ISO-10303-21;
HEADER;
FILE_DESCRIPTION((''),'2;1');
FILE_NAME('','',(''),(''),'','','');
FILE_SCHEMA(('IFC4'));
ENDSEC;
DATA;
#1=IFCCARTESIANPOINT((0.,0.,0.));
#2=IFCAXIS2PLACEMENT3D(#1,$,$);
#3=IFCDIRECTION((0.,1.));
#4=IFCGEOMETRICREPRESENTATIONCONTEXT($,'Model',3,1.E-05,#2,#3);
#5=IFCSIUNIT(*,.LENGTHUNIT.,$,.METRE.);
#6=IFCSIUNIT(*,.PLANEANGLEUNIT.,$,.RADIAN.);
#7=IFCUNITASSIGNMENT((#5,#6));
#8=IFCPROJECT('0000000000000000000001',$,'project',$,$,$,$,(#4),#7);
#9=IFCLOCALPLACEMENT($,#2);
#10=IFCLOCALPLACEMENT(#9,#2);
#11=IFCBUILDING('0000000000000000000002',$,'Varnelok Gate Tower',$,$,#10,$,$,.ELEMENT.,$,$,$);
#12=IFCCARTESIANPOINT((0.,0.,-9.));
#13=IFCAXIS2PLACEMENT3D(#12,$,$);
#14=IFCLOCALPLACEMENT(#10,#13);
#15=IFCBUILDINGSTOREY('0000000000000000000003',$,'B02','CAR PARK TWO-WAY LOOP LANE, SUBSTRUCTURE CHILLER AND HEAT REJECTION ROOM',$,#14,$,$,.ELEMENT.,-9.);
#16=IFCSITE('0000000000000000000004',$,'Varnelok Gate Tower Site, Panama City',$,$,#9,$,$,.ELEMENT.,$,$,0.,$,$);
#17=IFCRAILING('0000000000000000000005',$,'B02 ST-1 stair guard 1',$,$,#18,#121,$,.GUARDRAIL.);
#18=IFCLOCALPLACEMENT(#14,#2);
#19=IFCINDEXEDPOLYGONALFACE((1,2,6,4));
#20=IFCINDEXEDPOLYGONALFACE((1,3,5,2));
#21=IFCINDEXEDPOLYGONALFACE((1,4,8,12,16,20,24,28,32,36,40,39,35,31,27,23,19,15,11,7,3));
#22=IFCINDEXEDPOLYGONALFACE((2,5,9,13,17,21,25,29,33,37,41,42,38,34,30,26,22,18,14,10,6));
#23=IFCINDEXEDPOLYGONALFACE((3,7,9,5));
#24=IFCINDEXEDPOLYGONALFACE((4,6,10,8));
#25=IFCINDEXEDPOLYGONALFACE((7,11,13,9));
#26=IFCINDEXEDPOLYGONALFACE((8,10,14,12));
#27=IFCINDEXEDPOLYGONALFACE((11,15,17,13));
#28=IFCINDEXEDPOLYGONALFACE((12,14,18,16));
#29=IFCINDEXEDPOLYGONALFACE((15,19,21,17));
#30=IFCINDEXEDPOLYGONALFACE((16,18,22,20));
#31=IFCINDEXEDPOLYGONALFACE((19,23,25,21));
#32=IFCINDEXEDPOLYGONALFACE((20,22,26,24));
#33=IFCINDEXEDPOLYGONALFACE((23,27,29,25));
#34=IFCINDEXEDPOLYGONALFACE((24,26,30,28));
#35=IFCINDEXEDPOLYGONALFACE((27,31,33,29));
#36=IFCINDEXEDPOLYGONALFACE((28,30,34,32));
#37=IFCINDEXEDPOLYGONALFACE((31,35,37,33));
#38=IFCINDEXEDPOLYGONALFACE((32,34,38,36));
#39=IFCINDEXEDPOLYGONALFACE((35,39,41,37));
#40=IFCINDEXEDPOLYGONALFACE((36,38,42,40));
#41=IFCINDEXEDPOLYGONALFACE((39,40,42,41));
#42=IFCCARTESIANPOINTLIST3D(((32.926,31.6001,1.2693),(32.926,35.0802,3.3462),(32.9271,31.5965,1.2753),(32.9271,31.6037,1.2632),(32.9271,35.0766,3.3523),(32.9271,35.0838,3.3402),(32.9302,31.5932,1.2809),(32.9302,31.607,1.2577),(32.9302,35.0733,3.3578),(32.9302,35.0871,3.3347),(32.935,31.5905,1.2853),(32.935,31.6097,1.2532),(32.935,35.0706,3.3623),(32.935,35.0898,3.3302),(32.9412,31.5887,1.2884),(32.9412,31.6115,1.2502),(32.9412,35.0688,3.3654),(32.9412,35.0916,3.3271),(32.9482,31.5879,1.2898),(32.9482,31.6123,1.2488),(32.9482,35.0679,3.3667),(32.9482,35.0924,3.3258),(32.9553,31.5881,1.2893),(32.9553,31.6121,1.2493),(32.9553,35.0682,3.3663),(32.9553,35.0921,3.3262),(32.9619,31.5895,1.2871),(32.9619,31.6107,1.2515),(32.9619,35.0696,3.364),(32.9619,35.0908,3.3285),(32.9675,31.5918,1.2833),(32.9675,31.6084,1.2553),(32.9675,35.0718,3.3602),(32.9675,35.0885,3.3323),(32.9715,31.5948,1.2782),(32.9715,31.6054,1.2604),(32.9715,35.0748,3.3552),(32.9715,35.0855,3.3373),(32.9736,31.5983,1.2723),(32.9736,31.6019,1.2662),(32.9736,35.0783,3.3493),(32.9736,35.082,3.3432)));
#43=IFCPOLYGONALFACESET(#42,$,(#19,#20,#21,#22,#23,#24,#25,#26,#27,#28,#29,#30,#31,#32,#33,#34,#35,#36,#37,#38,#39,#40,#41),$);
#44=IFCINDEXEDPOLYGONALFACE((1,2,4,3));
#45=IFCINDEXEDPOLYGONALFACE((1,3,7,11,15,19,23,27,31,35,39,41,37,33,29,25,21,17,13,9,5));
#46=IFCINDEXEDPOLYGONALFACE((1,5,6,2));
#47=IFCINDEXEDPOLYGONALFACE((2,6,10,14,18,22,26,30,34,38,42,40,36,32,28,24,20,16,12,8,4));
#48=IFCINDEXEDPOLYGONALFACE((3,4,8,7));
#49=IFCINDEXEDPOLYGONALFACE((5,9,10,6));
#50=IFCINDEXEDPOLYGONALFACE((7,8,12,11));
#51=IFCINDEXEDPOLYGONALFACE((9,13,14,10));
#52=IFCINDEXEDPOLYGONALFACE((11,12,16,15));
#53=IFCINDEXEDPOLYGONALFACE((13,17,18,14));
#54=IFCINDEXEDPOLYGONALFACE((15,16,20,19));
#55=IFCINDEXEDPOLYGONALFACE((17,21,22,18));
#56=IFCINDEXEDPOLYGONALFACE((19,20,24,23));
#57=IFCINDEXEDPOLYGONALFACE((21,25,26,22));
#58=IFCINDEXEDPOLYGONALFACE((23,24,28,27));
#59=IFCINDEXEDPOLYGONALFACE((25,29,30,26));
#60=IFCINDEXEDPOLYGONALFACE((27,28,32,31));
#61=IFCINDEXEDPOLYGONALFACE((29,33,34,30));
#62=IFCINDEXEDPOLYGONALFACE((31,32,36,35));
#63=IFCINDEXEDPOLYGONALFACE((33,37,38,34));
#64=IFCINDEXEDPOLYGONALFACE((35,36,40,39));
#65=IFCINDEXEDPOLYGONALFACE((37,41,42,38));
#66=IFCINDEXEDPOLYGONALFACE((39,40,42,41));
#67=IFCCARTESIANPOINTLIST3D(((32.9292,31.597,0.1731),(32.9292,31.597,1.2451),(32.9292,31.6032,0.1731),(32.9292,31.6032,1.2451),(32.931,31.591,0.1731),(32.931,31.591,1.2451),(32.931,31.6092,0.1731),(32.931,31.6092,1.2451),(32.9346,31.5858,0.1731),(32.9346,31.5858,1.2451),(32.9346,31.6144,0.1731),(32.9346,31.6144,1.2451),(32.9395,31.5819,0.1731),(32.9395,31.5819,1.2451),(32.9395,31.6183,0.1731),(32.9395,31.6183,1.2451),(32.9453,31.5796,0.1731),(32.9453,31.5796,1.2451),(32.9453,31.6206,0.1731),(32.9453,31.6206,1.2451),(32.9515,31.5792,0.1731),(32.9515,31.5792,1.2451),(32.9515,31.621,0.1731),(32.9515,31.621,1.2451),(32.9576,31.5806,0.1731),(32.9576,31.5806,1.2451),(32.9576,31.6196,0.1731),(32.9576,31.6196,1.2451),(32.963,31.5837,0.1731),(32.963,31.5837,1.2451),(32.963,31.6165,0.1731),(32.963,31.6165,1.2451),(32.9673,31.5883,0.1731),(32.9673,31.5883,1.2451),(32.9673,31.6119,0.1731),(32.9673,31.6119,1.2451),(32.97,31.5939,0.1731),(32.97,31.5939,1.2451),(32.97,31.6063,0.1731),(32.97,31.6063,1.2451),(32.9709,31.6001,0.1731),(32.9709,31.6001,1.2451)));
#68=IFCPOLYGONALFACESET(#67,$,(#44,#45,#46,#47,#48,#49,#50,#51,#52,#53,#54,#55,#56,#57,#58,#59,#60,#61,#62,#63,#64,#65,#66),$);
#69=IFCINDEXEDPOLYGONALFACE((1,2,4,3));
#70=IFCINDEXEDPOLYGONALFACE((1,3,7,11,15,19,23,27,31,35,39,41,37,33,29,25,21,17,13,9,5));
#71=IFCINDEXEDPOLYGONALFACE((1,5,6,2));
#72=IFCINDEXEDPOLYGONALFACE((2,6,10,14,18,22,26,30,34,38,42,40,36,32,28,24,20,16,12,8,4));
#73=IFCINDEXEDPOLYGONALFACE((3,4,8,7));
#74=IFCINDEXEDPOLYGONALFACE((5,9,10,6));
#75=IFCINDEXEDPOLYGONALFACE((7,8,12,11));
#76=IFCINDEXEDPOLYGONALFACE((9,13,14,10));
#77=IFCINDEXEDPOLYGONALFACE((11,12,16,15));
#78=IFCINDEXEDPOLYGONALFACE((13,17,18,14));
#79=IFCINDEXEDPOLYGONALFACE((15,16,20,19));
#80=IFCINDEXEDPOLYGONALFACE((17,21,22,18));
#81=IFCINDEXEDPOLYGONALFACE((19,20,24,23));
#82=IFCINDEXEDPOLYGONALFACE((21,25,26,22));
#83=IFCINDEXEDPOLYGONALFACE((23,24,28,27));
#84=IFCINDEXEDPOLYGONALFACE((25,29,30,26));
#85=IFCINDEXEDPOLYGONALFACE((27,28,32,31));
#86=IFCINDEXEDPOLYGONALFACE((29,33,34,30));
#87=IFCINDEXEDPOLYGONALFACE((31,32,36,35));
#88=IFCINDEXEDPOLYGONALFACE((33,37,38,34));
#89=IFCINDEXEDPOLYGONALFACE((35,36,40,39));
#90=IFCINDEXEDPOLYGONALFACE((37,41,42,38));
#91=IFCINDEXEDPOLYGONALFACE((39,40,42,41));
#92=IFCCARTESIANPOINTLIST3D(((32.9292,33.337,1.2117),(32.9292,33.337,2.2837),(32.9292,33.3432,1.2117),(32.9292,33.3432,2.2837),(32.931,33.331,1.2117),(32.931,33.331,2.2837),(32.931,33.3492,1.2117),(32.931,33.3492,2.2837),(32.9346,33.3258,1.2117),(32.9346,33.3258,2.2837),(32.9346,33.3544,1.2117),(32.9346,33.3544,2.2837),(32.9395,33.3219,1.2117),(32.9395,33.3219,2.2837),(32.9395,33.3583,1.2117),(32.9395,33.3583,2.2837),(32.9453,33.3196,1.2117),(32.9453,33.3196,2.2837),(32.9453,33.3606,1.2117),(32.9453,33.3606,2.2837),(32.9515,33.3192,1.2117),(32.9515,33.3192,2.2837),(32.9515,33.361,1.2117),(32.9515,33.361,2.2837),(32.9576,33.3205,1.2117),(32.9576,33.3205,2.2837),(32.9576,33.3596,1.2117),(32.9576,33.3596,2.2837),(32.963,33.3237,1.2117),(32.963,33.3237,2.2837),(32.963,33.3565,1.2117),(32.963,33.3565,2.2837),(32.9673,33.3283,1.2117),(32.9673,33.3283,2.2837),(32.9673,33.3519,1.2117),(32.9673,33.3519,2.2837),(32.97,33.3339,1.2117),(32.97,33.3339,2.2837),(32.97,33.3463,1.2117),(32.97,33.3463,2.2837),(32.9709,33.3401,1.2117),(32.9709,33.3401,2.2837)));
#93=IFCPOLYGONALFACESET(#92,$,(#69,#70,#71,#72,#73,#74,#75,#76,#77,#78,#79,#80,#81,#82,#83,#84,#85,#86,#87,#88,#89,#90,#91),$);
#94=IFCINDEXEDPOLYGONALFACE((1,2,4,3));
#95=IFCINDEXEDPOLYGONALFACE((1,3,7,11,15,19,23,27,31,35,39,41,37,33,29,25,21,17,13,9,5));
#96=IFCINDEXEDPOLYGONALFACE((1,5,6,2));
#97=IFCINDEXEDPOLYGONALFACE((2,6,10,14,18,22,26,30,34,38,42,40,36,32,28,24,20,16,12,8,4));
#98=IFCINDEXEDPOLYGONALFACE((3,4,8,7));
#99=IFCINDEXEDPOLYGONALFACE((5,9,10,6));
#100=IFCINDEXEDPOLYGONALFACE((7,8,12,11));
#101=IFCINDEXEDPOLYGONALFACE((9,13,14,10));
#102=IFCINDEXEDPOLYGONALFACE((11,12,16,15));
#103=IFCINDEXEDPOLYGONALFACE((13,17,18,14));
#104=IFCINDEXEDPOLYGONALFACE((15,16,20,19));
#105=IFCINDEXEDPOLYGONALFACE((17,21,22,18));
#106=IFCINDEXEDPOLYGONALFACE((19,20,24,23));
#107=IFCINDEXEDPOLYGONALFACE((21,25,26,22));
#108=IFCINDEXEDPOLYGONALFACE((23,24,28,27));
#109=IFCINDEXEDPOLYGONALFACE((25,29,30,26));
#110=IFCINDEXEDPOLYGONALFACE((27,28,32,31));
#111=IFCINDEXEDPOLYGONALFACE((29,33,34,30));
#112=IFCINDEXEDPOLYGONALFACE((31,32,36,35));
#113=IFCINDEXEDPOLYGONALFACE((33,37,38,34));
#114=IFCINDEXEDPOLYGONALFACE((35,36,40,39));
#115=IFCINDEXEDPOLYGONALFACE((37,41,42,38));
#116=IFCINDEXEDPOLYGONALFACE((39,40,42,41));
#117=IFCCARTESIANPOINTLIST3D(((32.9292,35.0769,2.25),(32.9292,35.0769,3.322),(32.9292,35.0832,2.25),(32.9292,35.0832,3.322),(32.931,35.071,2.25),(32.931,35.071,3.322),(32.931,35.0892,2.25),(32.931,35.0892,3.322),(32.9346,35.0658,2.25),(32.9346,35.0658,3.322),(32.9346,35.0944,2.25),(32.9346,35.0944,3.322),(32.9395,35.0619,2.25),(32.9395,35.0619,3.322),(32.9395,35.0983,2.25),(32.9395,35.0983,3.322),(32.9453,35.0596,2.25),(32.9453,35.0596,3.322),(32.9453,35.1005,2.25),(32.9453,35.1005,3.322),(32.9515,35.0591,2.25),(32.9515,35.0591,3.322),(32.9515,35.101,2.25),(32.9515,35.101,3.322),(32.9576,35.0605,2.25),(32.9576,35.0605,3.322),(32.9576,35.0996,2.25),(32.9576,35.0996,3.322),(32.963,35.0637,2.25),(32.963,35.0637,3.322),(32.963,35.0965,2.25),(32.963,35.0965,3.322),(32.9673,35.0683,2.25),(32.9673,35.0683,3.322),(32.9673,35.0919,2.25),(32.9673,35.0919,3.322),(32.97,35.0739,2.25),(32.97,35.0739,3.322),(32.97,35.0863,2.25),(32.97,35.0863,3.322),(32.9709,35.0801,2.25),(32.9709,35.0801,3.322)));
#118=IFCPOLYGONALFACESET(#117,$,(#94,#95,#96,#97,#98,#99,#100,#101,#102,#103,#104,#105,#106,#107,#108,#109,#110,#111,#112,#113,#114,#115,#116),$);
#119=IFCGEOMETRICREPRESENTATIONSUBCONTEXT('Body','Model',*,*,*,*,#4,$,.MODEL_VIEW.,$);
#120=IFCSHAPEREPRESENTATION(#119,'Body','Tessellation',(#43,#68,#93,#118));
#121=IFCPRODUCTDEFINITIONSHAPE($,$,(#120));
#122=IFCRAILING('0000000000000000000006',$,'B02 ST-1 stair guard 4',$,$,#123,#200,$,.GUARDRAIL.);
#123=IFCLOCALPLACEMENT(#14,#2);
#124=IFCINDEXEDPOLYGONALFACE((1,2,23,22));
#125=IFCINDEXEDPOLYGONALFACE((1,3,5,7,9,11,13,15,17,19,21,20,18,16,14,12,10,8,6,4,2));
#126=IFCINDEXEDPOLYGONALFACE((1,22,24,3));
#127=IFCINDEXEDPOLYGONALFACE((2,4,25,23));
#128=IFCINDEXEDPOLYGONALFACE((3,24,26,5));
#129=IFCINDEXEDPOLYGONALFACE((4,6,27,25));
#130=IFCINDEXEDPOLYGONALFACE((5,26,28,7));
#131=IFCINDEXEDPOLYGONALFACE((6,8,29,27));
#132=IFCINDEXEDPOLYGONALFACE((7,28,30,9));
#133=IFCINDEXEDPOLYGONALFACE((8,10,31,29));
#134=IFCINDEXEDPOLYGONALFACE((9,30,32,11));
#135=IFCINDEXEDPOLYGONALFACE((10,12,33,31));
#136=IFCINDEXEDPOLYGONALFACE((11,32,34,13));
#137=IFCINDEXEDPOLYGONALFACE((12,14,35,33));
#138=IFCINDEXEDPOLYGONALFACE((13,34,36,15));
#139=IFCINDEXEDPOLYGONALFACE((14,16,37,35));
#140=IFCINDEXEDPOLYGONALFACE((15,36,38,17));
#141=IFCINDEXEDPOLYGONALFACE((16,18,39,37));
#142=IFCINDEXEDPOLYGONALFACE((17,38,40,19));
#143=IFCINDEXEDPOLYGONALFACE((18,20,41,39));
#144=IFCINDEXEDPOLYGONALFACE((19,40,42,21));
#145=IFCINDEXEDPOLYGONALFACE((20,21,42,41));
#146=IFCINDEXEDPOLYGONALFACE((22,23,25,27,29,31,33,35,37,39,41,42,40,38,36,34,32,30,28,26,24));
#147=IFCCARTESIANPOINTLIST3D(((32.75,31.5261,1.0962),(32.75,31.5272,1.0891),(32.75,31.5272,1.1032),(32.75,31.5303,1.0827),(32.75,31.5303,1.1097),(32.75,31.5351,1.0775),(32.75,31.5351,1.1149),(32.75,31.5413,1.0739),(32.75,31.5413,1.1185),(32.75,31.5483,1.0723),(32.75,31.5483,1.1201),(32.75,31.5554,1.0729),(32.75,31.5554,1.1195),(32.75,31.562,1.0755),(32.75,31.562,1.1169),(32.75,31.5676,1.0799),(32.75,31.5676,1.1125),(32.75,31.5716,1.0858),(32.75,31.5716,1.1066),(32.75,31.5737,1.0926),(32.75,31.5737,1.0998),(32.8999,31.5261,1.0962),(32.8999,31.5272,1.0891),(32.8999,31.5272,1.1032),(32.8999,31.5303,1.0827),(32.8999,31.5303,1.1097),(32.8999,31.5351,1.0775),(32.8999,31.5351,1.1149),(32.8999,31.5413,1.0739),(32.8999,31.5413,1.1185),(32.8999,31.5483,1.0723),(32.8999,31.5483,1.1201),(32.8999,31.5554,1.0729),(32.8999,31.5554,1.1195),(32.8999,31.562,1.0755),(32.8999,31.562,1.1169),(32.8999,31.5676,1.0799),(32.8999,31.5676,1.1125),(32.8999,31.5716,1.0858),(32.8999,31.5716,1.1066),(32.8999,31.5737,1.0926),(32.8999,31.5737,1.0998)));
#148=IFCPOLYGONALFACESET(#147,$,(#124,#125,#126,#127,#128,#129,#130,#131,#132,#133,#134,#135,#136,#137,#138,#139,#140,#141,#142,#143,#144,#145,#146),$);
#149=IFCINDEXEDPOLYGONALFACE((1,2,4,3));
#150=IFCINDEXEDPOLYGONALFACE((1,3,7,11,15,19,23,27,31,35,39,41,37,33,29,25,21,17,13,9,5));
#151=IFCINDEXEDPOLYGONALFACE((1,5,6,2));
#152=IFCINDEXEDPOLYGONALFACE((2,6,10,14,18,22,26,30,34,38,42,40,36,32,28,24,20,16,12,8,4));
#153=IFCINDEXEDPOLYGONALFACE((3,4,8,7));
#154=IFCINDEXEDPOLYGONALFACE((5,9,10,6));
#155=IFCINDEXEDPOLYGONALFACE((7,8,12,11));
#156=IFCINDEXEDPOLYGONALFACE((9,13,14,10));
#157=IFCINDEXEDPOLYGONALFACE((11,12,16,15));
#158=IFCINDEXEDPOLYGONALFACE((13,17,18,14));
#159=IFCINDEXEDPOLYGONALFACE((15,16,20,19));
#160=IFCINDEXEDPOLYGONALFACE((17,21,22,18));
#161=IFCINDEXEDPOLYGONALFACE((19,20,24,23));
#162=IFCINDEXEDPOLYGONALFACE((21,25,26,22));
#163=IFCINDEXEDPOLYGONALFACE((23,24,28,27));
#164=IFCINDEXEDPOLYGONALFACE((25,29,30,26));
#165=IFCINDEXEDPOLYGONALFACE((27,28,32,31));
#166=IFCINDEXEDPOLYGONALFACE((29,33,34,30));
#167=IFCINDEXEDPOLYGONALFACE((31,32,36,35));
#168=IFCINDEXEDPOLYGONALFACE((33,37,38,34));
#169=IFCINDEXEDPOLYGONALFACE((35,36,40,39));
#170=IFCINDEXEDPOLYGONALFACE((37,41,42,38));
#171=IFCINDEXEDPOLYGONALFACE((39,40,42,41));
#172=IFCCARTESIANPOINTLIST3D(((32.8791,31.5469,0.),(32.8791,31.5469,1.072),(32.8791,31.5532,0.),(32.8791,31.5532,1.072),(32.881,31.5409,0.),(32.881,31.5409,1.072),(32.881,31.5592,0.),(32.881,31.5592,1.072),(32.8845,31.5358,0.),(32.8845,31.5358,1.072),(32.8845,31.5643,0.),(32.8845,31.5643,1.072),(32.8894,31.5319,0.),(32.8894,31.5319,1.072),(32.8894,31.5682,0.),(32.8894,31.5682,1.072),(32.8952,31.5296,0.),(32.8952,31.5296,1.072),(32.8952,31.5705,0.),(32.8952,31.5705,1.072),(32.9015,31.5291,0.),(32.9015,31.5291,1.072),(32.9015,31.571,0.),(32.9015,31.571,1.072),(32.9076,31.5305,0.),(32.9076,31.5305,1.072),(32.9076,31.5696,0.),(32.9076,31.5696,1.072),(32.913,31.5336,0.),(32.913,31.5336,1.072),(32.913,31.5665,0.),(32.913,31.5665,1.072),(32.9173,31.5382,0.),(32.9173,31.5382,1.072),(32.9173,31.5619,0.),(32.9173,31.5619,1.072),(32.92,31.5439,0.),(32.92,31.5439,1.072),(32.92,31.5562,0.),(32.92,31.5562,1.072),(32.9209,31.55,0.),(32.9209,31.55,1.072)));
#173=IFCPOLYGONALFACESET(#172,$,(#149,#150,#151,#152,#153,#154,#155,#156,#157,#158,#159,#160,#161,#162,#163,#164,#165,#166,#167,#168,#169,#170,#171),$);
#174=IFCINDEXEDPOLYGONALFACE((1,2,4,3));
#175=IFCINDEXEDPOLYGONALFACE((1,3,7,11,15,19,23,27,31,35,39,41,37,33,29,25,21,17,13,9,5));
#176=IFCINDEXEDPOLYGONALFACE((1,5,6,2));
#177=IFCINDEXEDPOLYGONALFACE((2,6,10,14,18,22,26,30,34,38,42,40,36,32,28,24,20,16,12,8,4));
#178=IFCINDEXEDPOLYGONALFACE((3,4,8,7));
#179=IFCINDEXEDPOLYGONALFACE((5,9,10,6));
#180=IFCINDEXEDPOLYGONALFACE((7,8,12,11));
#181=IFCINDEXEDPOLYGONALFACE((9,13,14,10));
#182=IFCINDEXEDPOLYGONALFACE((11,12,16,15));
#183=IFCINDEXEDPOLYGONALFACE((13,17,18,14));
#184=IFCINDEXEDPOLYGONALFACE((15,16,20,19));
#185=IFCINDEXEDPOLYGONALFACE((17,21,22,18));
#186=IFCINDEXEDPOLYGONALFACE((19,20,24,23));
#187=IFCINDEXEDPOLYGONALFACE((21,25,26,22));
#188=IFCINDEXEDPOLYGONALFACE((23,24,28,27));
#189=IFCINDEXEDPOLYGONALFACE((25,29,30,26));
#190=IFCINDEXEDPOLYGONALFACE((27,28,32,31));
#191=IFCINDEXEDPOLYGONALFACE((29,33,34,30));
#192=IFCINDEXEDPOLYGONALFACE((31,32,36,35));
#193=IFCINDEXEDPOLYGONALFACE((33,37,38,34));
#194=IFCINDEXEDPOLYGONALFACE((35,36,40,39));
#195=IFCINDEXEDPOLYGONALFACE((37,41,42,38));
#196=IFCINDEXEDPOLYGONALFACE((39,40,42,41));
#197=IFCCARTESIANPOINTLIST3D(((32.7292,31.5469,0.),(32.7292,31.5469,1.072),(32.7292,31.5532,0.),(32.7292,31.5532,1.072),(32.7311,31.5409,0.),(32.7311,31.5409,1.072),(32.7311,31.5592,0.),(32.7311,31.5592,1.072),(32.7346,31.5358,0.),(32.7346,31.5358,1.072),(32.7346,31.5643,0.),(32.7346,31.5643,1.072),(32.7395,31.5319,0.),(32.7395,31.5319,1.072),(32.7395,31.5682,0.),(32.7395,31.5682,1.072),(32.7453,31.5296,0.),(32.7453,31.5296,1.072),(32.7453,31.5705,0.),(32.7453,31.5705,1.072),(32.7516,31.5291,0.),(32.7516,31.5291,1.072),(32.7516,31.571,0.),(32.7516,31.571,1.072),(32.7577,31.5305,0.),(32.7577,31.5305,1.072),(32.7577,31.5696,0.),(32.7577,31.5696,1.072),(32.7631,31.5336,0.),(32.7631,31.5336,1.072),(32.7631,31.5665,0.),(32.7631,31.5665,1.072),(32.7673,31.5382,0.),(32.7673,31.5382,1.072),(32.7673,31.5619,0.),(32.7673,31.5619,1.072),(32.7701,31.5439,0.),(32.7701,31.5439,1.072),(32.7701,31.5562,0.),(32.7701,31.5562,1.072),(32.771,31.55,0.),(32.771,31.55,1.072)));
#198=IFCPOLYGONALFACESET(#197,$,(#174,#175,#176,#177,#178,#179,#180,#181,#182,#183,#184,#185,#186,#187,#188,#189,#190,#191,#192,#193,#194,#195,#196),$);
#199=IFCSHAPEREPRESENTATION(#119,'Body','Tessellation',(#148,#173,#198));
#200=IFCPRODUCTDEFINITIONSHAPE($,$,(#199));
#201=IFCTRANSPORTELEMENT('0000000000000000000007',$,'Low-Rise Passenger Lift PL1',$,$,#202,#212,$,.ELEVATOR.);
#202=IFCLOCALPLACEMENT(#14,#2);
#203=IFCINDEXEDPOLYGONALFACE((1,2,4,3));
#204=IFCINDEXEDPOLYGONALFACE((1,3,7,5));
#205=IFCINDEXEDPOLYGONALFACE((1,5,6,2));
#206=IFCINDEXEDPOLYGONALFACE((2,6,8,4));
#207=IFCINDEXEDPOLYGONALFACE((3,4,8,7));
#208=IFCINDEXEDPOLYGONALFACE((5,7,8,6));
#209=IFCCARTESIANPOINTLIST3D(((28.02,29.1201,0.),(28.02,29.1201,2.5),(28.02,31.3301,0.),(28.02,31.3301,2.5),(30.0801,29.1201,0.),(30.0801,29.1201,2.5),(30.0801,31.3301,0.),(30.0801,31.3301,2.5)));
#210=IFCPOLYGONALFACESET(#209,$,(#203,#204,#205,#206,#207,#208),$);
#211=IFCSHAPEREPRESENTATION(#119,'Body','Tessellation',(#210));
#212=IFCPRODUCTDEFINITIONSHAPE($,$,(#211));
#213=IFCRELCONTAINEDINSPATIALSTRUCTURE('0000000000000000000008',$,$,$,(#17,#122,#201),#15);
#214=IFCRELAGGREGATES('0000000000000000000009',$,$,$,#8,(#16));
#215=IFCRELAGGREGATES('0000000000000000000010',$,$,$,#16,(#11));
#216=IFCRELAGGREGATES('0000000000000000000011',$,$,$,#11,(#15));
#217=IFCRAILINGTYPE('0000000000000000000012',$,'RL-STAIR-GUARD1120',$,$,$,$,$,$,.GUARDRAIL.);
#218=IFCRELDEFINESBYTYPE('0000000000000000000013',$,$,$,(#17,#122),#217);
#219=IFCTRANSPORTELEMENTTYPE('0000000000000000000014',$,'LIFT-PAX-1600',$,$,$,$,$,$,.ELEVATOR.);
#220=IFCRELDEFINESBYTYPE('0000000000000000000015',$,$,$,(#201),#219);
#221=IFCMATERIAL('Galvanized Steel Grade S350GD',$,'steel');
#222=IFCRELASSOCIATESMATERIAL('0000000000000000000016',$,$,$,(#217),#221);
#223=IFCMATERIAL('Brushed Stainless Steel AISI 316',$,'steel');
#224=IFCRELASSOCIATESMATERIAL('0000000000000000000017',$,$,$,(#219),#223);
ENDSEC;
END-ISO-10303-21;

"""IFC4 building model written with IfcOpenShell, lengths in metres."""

from ifc_helpers import new_model, si_unit, direction, frame, origin, origin_2d, place, context, subcontext, project, spatial, rectangle, circle, extrude, source, transform, mapped, material, type_object, element, save


model = new_model("IFC4")

# Units and contexts
model_context = context("Model", 3, precision=1e-05, world=origin(), true_north=direction((0.0, 1.0)))
body_context = subcontext(model_context, "Body", "Model", "MODEL_VIEW")
ifc_project = project(units=[si_unit("LENGTHUNIT", "METRE"), si_unit("PLANEANGLEUNIT", "RADIAN")], contexts=[model_context])

# Site, building, storey
site_placement = place(None, origin())
site = spatial("IfcSite", under=ifc_project, at=site_placement, Name="Varnelok Gate Tower Site, Panama City", CompositionType="ELEMENT", RefElevation=0.0)
building_placement = place(site_placement, origin())
building = spatial("IfcBuilding", under=site, at=building_placement, Name="Varnelok Gate Tower", CompositionType="ELEMENT")
storey_placement = place(building_placement, frame((0.0, 0.0, -9.0)))
storey = spatial("IfcBuildingStorey", under=building, at=storey_placement, Name="B02", Description="CAR PARK TWO-WAY LOOP LANE, SUBSTRUCTURE CHILLER AND HEAT REJECTION ROOM", CompositionType="ELEMENT", Elevation=-9.0)

# Shared definitions
ifc_material_1 = material(Name="Galvanized Steel Grade S350GD", Category="steel")

# Railings
ifc_material_2 = material(Name="Brushed Stainless Steel AISI 316", Category="steel")
railing_type_1 = type_object("IfcRailingType", Name="RL-STAIR-GUARD1120", PredefinedType="GUARDRAIL", material=ifc_material_1)
railing_1_placement = place(storey_placement, frame((32.95, 31.6001, 0.1731)))
element("IfcRailing", 1, at=railing_1_placement, inside=storey, type_object=railing_type_1, Name="B02 ST-1 stair guard 1", PredefinedType="GUARDRAIL", context=body_context, shape_type="SweptSolid", body=[
    extrude(circle(Radius=0.0239, at=origin_2d()), frame((0.0, 0.0, 1.0962), z_axis=(0.0, 0.858697, 0.512483), x_axis=(-1.0, 0.0, 0.0)), (0.0, 0.0, 1.0), 4.0527),
    extrude(circle(Radius=0.021, at=origin_2d()), origin(), (0.0, 0.0, 1.0), 1.072),
    extrude(circle(Radius=0.021, at=origin_2d()), frame((0.0, 1.74, 1.0386)), (0.0, 0.0, 1.0), 1.072),
    extrude(circle(Radius=0.021, at=origin_2d()), frame((0.0, 3.48, 2.0769)), (0.0, 0.0, 1.0), 1.072),
])
railing_2_placement = place(storey_placement, frame((32.8999, 31.55, 0.0)))
element("IfcRailing", 2, at=railing_2_placement, inside=storey, type_object=railing_type_1, Name="B02 ST-1 stair guard 4", PredefinedType="GUARDRAIL", context=body_context, shape_type="SweptSolid", body=[
    extrude(circle(Radius=0.0239, at=origin_2d()), frame((0.0, 0.0, 1.0962), z_axis=(-1.0, 0.0, 0.0), x_axis=(0.0, -1.0, 0.0)), (0.0, 0.0, 1.0), 0.1499),
    extrude(circle(Radius=0.021, at=origin_2d()), origin(), (0.0, 0.0, 1.0), 1.072),
    extrude(circle(Radius=0.021, at=origin_2d()), frame((-0.1499, 0.0, 0.0)), (0.0, 0.0, 1.0), 1.072),
])

# Transport element
transport_element_type = type_object("IfcTransportElementType", Name="LIFT-PAX-1600", PredefinedType="ELEVATOR", material=ifc_material_2)
shared_shape = source(origin(), body_context, "Body", "SweptSolid", [
    extrude(rectangle(XDim=2.0601, YDim=2.21, at=origin_2d()), origin(), (0.0, 0.0, 1.0), 2.5),
])
for number, where, z_axis, x_axis, name in (
    (3, (29.05, 30.2251, 0.0), (0.0, 0.0, 1.0), (1.0, 0.0, 0.0), "Low-Rise Passenger Lift PL1"),
):
    element("IfcTransportElement", number, at=place(storey_placement, frame(where, z_axis=z_axis, x_axis=x_axis)), inside=storey, type_object=transport_element_type, Name=name, PredefinedType="ELEVATOR", context=body_context, shape_type="MappedRepresentation", body=[
        mapped(shared_shape, transform((0.0, 0.0, 0.0), scale=1.0)),
    ])

save(model, "model.ifc")
